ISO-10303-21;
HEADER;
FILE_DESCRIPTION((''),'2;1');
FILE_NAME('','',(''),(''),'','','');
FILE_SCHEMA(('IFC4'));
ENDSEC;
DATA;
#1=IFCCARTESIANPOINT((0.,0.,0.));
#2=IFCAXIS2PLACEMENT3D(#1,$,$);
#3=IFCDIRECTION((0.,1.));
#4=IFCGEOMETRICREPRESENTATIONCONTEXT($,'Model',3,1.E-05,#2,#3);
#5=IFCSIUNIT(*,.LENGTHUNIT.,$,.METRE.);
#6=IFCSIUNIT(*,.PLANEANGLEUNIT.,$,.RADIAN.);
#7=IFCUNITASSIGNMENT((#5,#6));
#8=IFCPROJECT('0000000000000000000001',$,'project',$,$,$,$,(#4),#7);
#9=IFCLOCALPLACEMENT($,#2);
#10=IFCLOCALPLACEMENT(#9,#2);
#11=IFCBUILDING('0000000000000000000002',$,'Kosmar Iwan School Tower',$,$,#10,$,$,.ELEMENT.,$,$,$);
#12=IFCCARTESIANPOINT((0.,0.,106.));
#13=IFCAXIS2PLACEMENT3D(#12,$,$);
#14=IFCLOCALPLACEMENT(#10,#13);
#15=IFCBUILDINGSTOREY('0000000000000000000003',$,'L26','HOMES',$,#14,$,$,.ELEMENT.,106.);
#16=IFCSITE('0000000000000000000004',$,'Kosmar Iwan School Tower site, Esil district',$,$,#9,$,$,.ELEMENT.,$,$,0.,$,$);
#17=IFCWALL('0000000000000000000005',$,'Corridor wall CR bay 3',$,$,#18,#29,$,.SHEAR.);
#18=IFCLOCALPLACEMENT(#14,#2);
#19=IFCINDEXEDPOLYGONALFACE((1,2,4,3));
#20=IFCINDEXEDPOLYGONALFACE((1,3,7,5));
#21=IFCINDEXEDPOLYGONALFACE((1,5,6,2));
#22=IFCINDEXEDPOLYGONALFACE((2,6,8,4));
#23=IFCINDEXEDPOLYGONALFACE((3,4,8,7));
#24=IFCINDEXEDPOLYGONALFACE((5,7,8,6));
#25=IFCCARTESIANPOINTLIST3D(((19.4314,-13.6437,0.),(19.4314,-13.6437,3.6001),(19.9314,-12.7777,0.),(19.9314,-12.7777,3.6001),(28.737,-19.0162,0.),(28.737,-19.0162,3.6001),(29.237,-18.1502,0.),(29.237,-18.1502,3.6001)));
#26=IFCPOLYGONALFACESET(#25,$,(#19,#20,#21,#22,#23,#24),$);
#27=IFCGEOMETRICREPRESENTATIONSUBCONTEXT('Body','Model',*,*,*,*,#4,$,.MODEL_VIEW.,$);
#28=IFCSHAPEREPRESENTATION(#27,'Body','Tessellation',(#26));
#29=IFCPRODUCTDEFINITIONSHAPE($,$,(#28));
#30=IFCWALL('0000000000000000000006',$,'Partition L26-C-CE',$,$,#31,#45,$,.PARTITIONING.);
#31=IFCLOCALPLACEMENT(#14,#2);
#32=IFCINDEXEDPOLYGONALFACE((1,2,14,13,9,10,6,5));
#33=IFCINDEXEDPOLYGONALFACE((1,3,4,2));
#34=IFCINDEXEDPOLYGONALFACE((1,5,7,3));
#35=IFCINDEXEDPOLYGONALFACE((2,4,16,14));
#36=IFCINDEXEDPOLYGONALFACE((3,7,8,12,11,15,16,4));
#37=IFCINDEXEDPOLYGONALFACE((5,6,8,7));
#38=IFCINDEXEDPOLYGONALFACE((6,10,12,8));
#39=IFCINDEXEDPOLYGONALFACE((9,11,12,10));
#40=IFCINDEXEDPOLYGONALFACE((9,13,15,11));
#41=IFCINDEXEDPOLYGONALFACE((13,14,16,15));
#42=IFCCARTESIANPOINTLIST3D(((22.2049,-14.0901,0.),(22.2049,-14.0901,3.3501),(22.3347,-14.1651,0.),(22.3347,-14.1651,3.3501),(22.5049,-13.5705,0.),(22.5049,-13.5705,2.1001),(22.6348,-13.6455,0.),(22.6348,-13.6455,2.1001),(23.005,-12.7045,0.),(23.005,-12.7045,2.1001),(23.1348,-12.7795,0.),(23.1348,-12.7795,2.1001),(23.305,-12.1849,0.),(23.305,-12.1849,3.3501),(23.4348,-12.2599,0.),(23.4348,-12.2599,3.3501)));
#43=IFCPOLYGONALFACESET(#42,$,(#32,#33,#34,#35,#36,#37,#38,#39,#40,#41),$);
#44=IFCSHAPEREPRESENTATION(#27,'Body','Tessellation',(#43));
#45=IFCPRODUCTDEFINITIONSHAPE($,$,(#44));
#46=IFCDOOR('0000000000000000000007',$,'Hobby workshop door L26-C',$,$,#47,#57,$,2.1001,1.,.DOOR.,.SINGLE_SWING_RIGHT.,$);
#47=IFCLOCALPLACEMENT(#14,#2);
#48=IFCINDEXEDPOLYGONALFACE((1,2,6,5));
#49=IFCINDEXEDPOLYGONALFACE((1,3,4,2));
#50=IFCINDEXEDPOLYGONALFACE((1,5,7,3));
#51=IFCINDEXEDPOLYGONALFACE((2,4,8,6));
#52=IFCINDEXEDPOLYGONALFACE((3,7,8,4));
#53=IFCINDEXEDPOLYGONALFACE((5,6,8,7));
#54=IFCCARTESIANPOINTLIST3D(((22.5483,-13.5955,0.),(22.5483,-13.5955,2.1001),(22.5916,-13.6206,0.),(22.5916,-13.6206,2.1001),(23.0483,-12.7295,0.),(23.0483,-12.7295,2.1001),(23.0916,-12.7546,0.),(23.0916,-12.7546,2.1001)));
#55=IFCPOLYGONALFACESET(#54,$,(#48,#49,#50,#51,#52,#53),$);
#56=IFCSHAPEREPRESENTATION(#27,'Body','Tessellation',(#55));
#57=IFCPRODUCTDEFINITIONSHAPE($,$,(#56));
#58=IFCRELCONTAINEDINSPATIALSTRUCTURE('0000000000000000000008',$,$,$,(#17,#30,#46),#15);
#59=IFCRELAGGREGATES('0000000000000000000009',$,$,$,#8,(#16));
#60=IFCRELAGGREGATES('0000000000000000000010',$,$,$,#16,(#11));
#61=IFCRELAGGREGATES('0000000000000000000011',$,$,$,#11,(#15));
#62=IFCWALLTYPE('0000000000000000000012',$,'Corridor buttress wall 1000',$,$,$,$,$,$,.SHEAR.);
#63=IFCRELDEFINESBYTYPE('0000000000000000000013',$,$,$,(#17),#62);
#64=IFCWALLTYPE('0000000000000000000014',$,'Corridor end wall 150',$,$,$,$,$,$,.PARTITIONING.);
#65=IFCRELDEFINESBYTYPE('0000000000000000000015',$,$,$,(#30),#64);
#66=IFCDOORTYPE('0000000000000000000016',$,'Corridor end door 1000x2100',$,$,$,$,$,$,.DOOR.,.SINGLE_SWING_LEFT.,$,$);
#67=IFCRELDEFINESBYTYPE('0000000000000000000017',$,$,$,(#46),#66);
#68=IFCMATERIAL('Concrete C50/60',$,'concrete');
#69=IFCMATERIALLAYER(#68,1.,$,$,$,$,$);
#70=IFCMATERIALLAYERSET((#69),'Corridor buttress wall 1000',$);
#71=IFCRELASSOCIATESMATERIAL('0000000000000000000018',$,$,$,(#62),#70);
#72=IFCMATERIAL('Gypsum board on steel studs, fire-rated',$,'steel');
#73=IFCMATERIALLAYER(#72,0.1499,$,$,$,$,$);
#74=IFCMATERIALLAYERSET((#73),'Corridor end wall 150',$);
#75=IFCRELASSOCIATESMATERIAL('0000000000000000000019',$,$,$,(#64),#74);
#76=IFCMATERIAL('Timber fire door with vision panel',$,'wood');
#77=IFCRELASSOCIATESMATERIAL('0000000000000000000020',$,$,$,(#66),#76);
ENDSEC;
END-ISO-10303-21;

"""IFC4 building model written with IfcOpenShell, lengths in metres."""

from ifc_helpers import new_model, si_unit, direction, frame, frame_2d, origin, place, context, subcontext, project, spatial, rectangle, extrude, material, layer, layer_set, type_object, element, fill, save


model = new_model("IFC4")

# Units and contexts
model_context = context("Model", 3, precision=1e-05, world=origin(), true_north=direction((0.0, 1.0)))
body_context = subcontext(model_context, "Body", "Model", "MODEL_VIEW")
ifc_project = project(units=[si_unit("LENGTHUNIT", "METRE"), si_unit("PLANEANGLEUNIT", "RADIAN")], contexts=[model_context])

# Site, building, storey
site_placement = place(None, origin())
site = spatial("IfcSite", under=ifc_project, at=site_placement, Name="Kosmar Iwan School Tower site, Esil district", CompositionType="ELEMENT", RefElevation=0.0)
building_placement = place(site_placement, origin())
building = spatial("IfcBuilding", under=site, at=building_placement, Name="Kosmar Iwan School Tower", CompositionType="ELEMENT")
storey_placement = place(building_placement, frame((0.0, 0.0, 106.0)))
storey = spatial("IfcBuildingStorey", under=building, at=storey_placement, Name="L26", Description="HOMES", CompositionType="ELEMENT", Elevation=106.0)

# Wall
ifc_material_1 = material(Name="Concrete C50/60", Category="concrete")
ifc_layer_1 = layer(ifc_material_1, 1.0)
ifc_layer_set_1 = layer_set([ifc_layer_1], Name="Corridor buttress wall 1000")
wall_type_1 = type_object("IfcWallType", Name="Corridor buttress wall 1000", PredefinedType="SHEAR", material=ifc_layer_set_1)
wall_1_placement = place(storey_placement, frame((19.6814, -13.2107, 0.0), z_axis=(0.0, 0.0, 1.0), x_axis=(0.866028, -0.499995, 0.0)))
element("IfcWall", 1, at=wall_1_placement, inside=storey, type_object=wall_type_1, Name="Corridor wall CR bay 3", PredefinedType="SHEAR", context=body_context, shape_type="SweptSolid", body=[
    extrude(rectangle(XDim=10.7451, YDim=1.0, at=frame_2d((5.3726, 0.0))), origin(), (0.0, 0.0, 1.0), 3.6001),
])

# Wall, opening, door
ifc_material_2 = material(Name="Gypsum board on steel studs, fire-rated", Category="steel")
ifc_layer_2 = layer(ifc_material_2, 0.1499)
ifc_layer_set_2 = layer_set([ifc_layer_2], Name="Corridor end wall 150")
wall_type_2 = type_object("IfcWallType", Name="Corridor end wall 150", PredefinedType="PARTITIONING", material=ifc_layer_set_2)
wall_2_placement = place(storey_placement, frame((22.2698, -14.1277, 0.0), z_axis=(0.0, 0.0, 1.0), x_axis=(0.50003, 0.866008, 0.0)))
wall_2 = element("IfcWall", 2, at=wall_2_placement, inside=storey, type_object=wall_type_2, Name="Partition L26-C-CE", PredefinedType="PARTITIONING", context=body_context, shape_type="SweptSolid", body=[
    extrude(rectangle(XDim=2.2, YDim=0.1499, at=frame_2d((1.1001, 0.0))), origin(), (0.0, 0.0, 1.0), 3.3501),
])
opening_1_placement = place(wall_2_placement, frame((0.6001, 0.0, 0.0)))
opening_1 = element("IfcOpeningElement", 3, at=opening_1_placement, cuts=wall_2, PredefinedType="OPENING", context=body_context, shape_type="SweptSolid", body=[
    extrude(rectangle(XDim=1.0, YDim=2.1001, at=frame_2d((0.5, 1.05))), frame((0.0, 0.0869, 0.0), z_axis=(0.0, -1.0, 0.0), x_axis=(1.0, 0.0, 0.0)), (0.0, 0.0, 1.0), 0.1738),
])
ifc_material_3 = material(Name="Timber fire door with vision panel", Category="wood")
door_type_1 = type_object("IfcDoorType", Name="Corridor end door 1000x2100", OperationType="SINGLE_SWING_LEFT", PredefinedType="DOOR", material=ifc_material_3)
door_1_placement = place(opening_1_placement, origin())
door_1 = element("IfcDoor", 4, at=door_1_placement, inside=storey, type_object=door_type_1, Name="Hobby workshop door L26-C", OperationType="SINGLE_SWING_RIGHT", OverallHeight=2.1001, OverallWidth=1.0, PredefinedType="DOOR", context=body_context, shape_type="SweptSolid", body=[
    extrude(rectangle(XDim=1.0, YDim=2.1001, at=frame_2d((0.5, 1.05))), frame((0.0, 0.0249, 0.0), z_axis=(0.0, -1.0, 0.0), x_axis=(1.0, 0.0, 0.0)), (0.0, 0.0, 1.0), 0.05),
])
fill(opening_1, door_1)

save(model, "model.ifc")
